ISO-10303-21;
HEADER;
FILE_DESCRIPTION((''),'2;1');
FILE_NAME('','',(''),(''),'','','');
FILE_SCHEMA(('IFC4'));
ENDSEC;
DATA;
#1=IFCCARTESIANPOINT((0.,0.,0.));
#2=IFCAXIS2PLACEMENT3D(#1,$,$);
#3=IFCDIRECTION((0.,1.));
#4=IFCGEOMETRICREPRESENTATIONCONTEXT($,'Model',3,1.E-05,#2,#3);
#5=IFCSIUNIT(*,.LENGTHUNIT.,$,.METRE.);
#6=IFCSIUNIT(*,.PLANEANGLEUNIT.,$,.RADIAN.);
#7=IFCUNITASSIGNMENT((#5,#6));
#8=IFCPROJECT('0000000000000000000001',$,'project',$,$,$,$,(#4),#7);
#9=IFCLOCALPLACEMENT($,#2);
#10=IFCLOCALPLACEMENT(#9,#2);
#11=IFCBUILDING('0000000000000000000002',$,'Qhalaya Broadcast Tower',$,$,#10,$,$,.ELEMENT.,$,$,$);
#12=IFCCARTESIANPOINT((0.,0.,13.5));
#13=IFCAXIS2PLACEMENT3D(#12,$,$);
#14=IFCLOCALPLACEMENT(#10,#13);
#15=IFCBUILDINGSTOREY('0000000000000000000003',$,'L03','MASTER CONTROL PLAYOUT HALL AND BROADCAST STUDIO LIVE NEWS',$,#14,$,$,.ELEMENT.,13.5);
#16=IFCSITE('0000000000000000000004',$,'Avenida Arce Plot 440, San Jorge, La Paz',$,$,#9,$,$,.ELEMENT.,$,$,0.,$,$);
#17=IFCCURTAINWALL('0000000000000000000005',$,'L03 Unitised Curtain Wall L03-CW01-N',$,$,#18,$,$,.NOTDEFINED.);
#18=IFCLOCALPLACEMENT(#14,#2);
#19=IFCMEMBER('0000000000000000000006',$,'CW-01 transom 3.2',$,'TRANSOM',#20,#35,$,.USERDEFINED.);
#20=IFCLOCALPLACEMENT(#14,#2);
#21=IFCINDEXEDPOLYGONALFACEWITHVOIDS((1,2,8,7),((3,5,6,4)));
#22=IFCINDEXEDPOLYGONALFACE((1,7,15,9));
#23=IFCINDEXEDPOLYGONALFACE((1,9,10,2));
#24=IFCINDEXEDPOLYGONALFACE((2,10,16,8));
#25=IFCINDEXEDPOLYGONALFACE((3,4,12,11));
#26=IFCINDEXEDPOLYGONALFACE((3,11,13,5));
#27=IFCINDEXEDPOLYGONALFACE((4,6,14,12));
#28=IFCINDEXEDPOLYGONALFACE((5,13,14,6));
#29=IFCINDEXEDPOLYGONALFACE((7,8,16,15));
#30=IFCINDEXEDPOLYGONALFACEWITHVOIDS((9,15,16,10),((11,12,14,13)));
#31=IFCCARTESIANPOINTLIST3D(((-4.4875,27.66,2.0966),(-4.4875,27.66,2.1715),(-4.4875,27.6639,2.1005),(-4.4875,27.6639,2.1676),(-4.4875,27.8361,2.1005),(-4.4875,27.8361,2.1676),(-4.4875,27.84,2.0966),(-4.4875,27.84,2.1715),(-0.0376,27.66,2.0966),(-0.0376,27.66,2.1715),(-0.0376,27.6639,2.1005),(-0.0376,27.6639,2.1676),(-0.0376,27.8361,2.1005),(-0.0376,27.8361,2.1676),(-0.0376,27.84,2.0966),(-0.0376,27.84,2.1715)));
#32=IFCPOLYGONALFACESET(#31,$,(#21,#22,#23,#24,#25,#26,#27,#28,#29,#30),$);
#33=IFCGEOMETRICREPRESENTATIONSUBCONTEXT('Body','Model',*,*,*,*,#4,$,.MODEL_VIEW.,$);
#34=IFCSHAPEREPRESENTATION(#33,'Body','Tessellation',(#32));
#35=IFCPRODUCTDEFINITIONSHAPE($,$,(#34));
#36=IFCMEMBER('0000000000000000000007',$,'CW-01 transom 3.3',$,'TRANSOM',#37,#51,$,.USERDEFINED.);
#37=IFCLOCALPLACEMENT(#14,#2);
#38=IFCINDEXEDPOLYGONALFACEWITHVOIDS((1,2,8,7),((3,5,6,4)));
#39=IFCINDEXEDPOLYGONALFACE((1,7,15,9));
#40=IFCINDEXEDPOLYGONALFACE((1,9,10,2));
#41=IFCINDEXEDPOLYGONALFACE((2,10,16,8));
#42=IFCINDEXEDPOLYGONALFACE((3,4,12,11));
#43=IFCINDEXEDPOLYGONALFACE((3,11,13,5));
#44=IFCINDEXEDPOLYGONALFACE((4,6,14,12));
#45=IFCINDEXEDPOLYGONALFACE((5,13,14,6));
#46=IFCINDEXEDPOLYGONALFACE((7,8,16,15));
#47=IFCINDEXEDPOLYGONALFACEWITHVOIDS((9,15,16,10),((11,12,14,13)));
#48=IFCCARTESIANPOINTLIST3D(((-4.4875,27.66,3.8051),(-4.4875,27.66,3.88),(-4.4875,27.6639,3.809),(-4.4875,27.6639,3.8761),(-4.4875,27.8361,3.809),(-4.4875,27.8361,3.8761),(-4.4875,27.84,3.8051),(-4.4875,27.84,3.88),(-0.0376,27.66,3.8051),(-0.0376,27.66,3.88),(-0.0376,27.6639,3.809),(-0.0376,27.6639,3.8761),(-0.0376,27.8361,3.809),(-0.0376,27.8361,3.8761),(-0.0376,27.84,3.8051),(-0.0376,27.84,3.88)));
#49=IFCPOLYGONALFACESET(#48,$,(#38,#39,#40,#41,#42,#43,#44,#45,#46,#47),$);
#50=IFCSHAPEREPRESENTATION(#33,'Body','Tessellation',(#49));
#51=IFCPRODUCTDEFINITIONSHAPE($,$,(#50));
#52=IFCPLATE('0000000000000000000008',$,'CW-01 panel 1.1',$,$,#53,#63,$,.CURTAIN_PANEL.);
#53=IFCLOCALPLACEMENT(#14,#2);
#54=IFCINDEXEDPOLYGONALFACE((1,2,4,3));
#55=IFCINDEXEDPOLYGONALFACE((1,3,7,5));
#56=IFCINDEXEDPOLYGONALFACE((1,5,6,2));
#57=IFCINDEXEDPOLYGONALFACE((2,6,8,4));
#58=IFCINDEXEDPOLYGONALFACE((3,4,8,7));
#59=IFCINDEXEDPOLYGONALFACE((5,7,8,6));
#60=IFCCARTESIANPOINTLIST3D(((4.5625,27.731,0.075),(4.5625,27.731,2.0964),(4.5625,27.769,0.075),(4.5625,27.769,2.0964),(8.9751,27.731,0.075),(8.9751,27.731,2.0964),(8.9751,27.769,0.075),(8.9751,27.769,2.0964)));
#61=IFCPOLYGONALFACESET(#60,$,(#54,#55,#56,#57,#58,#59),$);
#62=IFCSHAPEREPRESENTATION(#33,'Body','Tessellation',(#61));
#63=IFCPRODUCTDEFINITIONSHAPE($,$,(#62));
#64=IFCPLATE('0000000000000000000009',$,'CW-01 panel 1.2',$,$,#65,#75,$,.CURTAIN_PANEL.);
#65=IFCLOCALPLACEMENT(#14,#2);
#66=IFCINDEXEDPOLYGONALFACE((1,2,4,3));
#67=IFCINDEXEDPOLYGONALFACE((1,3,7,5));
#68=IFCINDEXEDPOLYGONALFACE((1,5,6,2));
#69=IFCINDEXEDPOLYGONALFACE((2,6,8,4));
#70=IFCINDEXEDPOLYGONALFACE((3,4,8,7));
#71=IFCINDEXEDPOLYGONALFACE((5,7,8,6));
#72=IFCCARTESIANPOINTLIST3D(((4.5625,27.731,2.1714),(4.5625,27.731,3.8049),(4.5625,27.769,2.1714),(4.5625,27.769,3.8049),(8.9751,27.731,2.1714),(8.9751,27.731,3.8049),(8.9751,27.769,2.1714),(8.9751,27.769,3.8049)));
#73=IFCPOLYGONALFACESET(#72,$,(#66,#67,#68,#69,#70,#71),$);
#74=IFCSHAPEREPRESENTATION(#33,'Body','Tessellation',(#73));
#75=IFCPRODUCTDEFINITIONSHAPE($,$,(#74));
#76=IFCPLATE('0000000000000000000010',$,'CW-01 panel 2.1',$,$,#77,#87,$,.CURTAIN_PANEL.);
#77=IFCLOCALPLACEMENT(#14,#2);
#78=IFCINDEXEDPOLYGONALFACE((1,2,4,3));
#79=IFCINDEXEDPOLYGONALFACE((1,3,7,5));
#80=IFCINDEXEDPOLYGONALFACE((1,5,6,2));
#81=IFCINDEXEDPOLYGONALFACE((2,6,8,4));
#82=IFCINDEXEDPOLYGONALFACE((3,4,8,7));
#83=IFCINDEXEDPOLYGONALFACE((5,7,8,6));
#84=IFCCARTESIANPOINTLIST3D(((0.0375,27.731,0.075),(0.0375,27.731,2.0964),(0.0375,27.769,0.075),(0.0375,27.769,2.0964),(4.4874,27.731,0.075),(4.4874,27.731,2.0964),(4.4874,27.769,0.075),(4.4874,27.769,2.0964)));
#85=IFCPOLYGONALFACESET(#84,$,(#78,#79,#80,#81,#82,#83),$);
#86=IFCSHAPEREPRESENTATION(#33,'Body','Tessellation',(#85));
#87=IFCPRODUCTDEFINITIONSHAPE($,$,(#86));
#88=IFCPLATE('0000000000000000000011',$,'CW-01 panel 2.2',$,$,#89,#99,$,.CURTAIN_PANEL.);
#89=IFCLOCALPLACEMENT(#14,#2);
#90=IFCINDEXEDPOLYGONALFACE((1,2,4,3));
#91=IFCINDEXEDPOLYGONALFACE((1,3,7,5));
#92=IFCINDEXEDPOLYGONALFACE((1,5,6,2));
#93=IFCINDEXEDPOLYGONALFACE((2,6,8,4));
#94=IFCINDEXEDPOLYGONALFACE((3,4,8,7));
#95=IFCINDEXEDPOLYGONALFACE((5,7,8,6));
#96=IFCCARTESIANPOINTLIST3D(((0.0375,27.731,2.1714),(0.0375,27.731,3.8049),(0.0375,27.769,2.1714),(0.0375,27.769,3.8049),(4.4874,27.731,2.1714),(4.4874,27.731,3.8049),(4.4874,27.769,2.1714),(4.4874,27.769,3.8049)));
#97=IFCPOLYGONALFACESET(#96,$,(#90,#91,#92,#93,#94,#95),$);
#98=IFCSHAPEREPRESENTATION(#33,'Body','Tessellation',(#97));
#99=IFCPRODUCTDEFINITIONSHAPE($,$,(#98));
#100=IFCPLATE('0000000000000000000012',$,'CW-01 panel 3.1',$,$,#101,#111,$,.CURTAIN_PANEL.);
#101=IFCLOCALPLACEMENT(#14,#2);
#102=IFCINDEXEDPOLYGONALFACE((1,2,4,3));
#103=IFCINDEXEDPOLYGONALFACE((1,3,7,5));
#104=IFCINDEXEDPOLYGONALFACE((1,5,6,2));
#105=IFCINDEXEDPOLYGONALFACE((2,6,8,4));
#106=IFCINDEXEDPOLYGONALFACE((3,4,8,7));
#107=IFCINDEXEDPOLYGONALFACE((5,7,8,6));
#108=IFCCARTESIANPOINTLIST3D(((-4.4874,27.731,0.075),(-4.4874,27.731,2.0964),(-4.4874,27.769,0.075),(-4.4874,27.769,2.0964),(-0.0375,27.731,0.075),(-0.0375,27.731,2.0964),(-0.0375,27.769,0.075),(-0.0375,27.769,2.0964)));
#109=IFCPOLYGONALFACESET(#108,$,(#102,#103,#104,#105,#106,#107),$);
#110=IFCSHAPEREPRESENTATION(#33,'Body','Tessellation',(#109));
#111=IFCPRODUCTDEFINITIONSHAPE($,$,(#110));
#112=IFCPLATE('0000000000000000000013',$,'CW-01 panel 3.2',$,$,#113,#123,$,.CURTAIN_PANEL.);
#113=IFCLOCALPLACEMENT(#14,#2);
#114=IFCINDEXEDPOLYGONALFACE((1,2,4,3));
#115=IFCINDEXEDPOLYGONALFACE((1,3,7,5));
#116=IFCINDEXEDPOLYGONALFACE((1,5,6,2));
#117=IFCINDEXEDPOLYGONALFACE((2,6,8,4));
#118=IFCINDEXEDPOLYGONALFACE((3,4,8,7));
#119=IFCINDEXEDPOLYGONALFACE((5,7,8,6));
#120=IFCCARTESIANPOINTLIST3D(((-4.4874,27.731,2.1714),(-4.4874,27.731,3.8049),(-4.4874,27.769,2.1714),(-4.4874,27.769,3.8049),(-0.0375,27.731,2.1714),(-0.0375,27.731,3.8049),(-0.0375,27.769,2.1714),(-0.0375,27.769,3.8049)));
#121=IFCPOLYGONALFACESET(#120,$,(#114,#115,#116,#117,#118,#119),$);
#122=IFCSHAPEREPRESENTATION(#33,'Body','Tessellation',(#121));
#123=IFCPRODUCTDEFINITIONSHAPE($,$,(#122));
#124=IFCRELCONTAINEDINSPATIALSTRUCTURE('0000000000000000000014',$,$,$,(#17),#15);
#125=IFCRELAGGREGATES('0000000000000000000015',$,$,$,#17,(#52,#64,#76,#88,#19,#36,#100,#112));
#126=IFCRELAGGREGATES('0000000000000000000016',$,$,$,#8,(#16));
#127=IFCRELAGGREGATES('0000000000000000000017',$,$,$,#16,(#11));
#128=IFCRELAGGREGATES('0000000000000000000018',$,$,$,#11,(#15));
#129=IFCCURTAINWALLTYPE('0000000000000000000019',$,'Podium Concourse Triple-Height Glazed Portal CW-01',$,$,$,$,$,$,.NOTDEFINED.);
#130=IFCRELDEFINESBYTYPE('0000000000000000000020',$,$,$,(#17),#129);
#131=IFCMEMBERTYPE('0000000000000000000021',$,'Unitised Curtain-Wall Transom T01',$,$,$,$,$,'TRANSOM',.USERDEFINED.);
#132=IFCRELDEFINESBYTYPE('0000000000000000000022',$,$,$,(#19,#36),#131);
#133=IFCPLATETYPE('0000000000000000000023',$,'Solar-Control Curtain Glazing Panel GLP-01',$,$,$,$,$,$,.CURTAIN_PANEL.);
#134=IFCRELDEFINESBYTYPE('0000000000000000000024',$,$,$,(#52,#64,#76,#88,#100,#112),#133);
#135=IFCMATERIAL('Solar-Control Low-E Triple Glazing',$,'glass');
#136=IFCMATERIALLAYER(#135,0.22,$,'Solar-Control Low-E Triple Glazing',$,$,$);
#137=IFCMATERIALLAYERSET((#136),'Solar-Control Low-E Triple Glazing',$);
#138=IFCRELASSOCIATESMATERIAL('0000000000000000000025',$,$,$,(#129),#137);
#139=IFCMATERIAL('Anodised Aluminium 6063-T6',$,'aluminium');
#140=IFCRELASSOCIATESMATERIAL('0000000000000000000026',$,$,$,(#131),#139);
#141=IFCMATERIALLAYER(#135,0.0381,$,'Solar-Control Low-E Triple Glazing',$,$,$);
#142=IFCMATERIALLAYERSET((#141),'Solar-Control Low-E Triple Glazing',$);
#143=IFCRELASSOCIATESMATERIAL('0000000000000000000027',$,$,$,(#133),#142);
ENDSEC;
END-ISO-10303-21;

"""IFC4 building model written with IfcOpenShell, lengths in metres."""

from ifc_helpers import new_model, si_unit, direction, frame, origin, origin_2d, place, context, subcontext, project, spatial, rectangle, hollow_rectangle, extrude, material, layer, layer_set, material_profile, profile_set, type_object, element, aggregate, save


model = new_model("IFC4")

# Units and contexts
model_context = context("Model", 3, precision=1e-05, world=origin(), true_north=direction((0.0, 1.0)))
body_context = subcontext(model_context, "Body", "Model", "MODEL_VIEW")
ifc_project = project(units=[si_unit("LENGTHUNIT", "METRE"), si_unit("PLANEANGLEUNIT", "RADIAN")], contexts=[model_context])

# Site, building, storey
site_placement = place(None, origin())
site = spatial("IfcSite", under=ifc_project, at=site_placement, Name="Avenida Arce Plot 440, San Jorge, La Paz", CompositionType="ELEMENT", RefElevation=0.0)
building_placement = place(site_placement, origin())
building = spatial("IfcBuilding", under=site, at=building_placement, Name="Qhalaya Broadcast Tower", CompositionType="ELEMENT")
storey_placement = place(building_placement, frame((0.0, 0.0, 13.5)))
storey = spatial("IfcBuildingStorey", under=building, at=storey_placement, Name="L03", Description="MASTER CONTROL PLAYOUT HALL AND BROADCAST STUDIO LIVE NEWS", CompositionType="ELEMENT", Elevation=13.5)

# Curtain wall, members, plates
ifc_material_1 = material(Name="Solar-Control Low-E Triple Glazing", Category="glass")
ifc_layer_1 = layer(ifc_material_1, 0.22, Name="Solar-Control Low-E Triple Glazing")
ifc_layer_set_1 = layer_set([ifc_layer_1], Name="Solar-Control Low-E Triple Glazing")
curtain_wall_type = type_object("IfcCurtainWallType", Name="Podium Concourse Triple-Height Glazed Portal CW-01", PredefinedType="NOTDEFINED", material=ifc_layer_set_1)
curtain_wall_placement = place(storey_placement, origin())
curtain_wall = element("IfcCurtainWall", 1, at=curtain_wall_placement, inside=storey, type_object=curtain_wall_type, Name="L03 Unitised Curtain Wall L03-CW01-N", PredefinedType="NOTDEFINED")
ifc_material_2 = material(Name="Anodised Aluminium 6063-T6", Category="aluminium")
ifc_material_profile_1 = material_profile(ifc_material_2, hollow_rectangle(XDim=0.075, YDim=0.1799, WallThickness=0.0039, at=origin_2d()), Name="ALU-TRN 75x180x4")
ifc_profile_set_1 = profile_set([ifc_material_profile_1], Name="Anodised Aluminium 6063-T6")
member_type_1 = type_object("IfcMemberType", Name="Unitised Curtain-Wall Transom T01", ElementType="TRANSOM", PredefinedType="USERDEFINED", material=ifc_profile_set_1)
member_1_placement = place(storey_placement, frame((-0.0376, 27.75, 2.134), z_axis=(-1.0, 0.0, 0.0), x_axis=(0.0, 0.0, 1.0)))
member_1 = element("IfcMember", 2, at=member_1_placement, type_object=member_type_1, Name="CW-01 transom 3.2", ObjectType="TRANSOM", PredefinedType="USERDEFINED", context=body_context, shape_type="SweptSolid", body=[
    extrude(hollow_rectangle(XDim=0.075, YDim=0.1799, WallThickness=0.0039, at=origin_2d()), origin(), (0.0, 0.0, 1.0), 4.45),
])
member_2_placement = place(storey_placement, frame((-0.0376, 27.75, 3.8425), z_axis=(-1.0, 0.0, 0.0), x_axis=(0.0, 0.0, 1.0)))
member_2 = element("IfcMember", 3, at=member_2_placement, type_object=member_type_1, Name="CW-01 transom 3.3", ObjectType="TRANSOM", PredefinedType="USERDEFINED", context=body_context, shape_type="SweptSolid", body=[
    extrude(hollow_rectangle(XDim=0.075, YDim=0.1799, WallThickness=0.0039, at=origin_2d()), origin(), (0.0, 0.0, 1.0), 4.45),
])
ifc_layer_2 = layer(ifc_material_1, 0.0381, Name="Solar-Control Low-E Triple Glazing")
ifc_layer_set_2 = layer_set([ifc_layer_2], Name="Solar-Control Low-E Triple Glazing")
plate_type = type_object("IfcPlateType", Name="Solar-Control Curtain Glazing Panel GLP-01", PredefinedType="CURTAIN_PANEL", material=ifc_layer_set_2)
plate_1_placement = place(storey_placement, frame((6.7688, 27.75, 0.075), z_axis=(0.0, 0.0, 1.0), x_axis=(-1.0, 0.0, 0.0)))
plate_1 = element("IfcPlate", 4, at=plate_1_placement, type_object=plate_type, Name="CW-01 panel 1.1", PredefinedType="CURTAIN_PANEL", context=body_context, shape_type="SweptSolid", body=[
    extrude(rectangle(XDim=4.4126, YDim=0.0381, at=origin_2d()), origin(), (0.0, 0.0, 1.0), 2.0215),
])
plate_2_placement = place(storey_placement, frame((6.7688, 27.75, 2.1714), z_axis=(0.0, 0.0, 1.0), x_axis=(-1.0, 0.0, 0.0)))
plate_2 = element("IfcPlate", 5, at=plate_2_placement, type_object=plate_type, Name="CW-01 panel 1.2", PredefinedType="CURTAIN_PANEL", context=body_context, shape_type="SweptSolid", body=[
    extrude(rectangle(XDim=4.4126, YDim=0.0381, at=origin_2d()), origin(), (0.0, 0.0, 1.0), 1.6335),
])
plate_3_placement = place(storey_placement, frame((2.2625, 27.75, 0.075), z_axis=(0.0, 0.0, 1.0), x_axis=(-1.0, 0.0, 0.0)))
plate_3 = element("IfcPlate", 6, at=plate_3_placement, type_object=plate_type, Name="CW-01 panel 2.1", PredefinedType="CURTAIN_PANEL", context=body_context, shape_type="SweptSolid", body=[
    extrude(rectangle(XDim=4.45, YDim=0.0381, at=origin_2d()), origin(), (0.0, 0.0, 1.0), 2.0215),
])
plate_4_placement = place(storey_placement, frame((2.2625, 27.75, 2.1714), z_axis=(0.0, 0.0, 1.0), x_axis=(-1.0, 0.0, 0.0)))
plate_4 = element("IfcPlate", 7, at=plate_4_placement, type_object=plate_type, Name="CW-01 panel 2.2", PredefinedType="CURTAIN_PANEL", context=body_context, shape_type="SweptSolid", body=[
    extrude(rectangle(XDim=4.45, YDim=0.0381, at=origin_2d()), origin(), (0.0, 0.0, 1.0), 1.6335),
])
plate_5_placement = place(storey_placement, frame((-2.2625, 27.75, 0.075), z_axis=(0.0, 0.0, 1.0), x_axis=(-1.0, 0.0, 0.0)))
plate_5 = element("IfcPlate", 8, at=plate_5_placement, type_object=plate_type, Name="CW-01 panel 3.1", PredefinedType="CURTAIN_PANEL", context=body_context, shape_type="SweptSolid", body=[
    extrude(rectangle(XDim=4.45, YDim=0.0381, at=origin_2d()), origin(), (0.0, 0.0, 1.0), 2.0215),
])
plate_6_placement = place(storey_placement, frame((-2.2625, 27.75, 2.1714), z_axis=(0.0, 0.0, 1.0), x_axis=(-1.0, 0.0, 0.0)))
plate_6 = element("IfcPlate", 9, at=plate_6_placement, type_object=plate_type, Name="CW-01 panel 3.2", PredefinedType="CURTAIN_PANEL", context=body_context, shape_type="SweptSolid", body=[
    extrude(rectangle(XDim=4.45, YDim=0.0381, at=origin_2d()), origin(), (0.0, 0.0, 1.0), 1.6335),
])
aggregate(curtain_wall, [plate_1, plate_2, plate_3, plate_4, member_1, member_2, plate_5, plate_6])

save(model, "model.ifc")
